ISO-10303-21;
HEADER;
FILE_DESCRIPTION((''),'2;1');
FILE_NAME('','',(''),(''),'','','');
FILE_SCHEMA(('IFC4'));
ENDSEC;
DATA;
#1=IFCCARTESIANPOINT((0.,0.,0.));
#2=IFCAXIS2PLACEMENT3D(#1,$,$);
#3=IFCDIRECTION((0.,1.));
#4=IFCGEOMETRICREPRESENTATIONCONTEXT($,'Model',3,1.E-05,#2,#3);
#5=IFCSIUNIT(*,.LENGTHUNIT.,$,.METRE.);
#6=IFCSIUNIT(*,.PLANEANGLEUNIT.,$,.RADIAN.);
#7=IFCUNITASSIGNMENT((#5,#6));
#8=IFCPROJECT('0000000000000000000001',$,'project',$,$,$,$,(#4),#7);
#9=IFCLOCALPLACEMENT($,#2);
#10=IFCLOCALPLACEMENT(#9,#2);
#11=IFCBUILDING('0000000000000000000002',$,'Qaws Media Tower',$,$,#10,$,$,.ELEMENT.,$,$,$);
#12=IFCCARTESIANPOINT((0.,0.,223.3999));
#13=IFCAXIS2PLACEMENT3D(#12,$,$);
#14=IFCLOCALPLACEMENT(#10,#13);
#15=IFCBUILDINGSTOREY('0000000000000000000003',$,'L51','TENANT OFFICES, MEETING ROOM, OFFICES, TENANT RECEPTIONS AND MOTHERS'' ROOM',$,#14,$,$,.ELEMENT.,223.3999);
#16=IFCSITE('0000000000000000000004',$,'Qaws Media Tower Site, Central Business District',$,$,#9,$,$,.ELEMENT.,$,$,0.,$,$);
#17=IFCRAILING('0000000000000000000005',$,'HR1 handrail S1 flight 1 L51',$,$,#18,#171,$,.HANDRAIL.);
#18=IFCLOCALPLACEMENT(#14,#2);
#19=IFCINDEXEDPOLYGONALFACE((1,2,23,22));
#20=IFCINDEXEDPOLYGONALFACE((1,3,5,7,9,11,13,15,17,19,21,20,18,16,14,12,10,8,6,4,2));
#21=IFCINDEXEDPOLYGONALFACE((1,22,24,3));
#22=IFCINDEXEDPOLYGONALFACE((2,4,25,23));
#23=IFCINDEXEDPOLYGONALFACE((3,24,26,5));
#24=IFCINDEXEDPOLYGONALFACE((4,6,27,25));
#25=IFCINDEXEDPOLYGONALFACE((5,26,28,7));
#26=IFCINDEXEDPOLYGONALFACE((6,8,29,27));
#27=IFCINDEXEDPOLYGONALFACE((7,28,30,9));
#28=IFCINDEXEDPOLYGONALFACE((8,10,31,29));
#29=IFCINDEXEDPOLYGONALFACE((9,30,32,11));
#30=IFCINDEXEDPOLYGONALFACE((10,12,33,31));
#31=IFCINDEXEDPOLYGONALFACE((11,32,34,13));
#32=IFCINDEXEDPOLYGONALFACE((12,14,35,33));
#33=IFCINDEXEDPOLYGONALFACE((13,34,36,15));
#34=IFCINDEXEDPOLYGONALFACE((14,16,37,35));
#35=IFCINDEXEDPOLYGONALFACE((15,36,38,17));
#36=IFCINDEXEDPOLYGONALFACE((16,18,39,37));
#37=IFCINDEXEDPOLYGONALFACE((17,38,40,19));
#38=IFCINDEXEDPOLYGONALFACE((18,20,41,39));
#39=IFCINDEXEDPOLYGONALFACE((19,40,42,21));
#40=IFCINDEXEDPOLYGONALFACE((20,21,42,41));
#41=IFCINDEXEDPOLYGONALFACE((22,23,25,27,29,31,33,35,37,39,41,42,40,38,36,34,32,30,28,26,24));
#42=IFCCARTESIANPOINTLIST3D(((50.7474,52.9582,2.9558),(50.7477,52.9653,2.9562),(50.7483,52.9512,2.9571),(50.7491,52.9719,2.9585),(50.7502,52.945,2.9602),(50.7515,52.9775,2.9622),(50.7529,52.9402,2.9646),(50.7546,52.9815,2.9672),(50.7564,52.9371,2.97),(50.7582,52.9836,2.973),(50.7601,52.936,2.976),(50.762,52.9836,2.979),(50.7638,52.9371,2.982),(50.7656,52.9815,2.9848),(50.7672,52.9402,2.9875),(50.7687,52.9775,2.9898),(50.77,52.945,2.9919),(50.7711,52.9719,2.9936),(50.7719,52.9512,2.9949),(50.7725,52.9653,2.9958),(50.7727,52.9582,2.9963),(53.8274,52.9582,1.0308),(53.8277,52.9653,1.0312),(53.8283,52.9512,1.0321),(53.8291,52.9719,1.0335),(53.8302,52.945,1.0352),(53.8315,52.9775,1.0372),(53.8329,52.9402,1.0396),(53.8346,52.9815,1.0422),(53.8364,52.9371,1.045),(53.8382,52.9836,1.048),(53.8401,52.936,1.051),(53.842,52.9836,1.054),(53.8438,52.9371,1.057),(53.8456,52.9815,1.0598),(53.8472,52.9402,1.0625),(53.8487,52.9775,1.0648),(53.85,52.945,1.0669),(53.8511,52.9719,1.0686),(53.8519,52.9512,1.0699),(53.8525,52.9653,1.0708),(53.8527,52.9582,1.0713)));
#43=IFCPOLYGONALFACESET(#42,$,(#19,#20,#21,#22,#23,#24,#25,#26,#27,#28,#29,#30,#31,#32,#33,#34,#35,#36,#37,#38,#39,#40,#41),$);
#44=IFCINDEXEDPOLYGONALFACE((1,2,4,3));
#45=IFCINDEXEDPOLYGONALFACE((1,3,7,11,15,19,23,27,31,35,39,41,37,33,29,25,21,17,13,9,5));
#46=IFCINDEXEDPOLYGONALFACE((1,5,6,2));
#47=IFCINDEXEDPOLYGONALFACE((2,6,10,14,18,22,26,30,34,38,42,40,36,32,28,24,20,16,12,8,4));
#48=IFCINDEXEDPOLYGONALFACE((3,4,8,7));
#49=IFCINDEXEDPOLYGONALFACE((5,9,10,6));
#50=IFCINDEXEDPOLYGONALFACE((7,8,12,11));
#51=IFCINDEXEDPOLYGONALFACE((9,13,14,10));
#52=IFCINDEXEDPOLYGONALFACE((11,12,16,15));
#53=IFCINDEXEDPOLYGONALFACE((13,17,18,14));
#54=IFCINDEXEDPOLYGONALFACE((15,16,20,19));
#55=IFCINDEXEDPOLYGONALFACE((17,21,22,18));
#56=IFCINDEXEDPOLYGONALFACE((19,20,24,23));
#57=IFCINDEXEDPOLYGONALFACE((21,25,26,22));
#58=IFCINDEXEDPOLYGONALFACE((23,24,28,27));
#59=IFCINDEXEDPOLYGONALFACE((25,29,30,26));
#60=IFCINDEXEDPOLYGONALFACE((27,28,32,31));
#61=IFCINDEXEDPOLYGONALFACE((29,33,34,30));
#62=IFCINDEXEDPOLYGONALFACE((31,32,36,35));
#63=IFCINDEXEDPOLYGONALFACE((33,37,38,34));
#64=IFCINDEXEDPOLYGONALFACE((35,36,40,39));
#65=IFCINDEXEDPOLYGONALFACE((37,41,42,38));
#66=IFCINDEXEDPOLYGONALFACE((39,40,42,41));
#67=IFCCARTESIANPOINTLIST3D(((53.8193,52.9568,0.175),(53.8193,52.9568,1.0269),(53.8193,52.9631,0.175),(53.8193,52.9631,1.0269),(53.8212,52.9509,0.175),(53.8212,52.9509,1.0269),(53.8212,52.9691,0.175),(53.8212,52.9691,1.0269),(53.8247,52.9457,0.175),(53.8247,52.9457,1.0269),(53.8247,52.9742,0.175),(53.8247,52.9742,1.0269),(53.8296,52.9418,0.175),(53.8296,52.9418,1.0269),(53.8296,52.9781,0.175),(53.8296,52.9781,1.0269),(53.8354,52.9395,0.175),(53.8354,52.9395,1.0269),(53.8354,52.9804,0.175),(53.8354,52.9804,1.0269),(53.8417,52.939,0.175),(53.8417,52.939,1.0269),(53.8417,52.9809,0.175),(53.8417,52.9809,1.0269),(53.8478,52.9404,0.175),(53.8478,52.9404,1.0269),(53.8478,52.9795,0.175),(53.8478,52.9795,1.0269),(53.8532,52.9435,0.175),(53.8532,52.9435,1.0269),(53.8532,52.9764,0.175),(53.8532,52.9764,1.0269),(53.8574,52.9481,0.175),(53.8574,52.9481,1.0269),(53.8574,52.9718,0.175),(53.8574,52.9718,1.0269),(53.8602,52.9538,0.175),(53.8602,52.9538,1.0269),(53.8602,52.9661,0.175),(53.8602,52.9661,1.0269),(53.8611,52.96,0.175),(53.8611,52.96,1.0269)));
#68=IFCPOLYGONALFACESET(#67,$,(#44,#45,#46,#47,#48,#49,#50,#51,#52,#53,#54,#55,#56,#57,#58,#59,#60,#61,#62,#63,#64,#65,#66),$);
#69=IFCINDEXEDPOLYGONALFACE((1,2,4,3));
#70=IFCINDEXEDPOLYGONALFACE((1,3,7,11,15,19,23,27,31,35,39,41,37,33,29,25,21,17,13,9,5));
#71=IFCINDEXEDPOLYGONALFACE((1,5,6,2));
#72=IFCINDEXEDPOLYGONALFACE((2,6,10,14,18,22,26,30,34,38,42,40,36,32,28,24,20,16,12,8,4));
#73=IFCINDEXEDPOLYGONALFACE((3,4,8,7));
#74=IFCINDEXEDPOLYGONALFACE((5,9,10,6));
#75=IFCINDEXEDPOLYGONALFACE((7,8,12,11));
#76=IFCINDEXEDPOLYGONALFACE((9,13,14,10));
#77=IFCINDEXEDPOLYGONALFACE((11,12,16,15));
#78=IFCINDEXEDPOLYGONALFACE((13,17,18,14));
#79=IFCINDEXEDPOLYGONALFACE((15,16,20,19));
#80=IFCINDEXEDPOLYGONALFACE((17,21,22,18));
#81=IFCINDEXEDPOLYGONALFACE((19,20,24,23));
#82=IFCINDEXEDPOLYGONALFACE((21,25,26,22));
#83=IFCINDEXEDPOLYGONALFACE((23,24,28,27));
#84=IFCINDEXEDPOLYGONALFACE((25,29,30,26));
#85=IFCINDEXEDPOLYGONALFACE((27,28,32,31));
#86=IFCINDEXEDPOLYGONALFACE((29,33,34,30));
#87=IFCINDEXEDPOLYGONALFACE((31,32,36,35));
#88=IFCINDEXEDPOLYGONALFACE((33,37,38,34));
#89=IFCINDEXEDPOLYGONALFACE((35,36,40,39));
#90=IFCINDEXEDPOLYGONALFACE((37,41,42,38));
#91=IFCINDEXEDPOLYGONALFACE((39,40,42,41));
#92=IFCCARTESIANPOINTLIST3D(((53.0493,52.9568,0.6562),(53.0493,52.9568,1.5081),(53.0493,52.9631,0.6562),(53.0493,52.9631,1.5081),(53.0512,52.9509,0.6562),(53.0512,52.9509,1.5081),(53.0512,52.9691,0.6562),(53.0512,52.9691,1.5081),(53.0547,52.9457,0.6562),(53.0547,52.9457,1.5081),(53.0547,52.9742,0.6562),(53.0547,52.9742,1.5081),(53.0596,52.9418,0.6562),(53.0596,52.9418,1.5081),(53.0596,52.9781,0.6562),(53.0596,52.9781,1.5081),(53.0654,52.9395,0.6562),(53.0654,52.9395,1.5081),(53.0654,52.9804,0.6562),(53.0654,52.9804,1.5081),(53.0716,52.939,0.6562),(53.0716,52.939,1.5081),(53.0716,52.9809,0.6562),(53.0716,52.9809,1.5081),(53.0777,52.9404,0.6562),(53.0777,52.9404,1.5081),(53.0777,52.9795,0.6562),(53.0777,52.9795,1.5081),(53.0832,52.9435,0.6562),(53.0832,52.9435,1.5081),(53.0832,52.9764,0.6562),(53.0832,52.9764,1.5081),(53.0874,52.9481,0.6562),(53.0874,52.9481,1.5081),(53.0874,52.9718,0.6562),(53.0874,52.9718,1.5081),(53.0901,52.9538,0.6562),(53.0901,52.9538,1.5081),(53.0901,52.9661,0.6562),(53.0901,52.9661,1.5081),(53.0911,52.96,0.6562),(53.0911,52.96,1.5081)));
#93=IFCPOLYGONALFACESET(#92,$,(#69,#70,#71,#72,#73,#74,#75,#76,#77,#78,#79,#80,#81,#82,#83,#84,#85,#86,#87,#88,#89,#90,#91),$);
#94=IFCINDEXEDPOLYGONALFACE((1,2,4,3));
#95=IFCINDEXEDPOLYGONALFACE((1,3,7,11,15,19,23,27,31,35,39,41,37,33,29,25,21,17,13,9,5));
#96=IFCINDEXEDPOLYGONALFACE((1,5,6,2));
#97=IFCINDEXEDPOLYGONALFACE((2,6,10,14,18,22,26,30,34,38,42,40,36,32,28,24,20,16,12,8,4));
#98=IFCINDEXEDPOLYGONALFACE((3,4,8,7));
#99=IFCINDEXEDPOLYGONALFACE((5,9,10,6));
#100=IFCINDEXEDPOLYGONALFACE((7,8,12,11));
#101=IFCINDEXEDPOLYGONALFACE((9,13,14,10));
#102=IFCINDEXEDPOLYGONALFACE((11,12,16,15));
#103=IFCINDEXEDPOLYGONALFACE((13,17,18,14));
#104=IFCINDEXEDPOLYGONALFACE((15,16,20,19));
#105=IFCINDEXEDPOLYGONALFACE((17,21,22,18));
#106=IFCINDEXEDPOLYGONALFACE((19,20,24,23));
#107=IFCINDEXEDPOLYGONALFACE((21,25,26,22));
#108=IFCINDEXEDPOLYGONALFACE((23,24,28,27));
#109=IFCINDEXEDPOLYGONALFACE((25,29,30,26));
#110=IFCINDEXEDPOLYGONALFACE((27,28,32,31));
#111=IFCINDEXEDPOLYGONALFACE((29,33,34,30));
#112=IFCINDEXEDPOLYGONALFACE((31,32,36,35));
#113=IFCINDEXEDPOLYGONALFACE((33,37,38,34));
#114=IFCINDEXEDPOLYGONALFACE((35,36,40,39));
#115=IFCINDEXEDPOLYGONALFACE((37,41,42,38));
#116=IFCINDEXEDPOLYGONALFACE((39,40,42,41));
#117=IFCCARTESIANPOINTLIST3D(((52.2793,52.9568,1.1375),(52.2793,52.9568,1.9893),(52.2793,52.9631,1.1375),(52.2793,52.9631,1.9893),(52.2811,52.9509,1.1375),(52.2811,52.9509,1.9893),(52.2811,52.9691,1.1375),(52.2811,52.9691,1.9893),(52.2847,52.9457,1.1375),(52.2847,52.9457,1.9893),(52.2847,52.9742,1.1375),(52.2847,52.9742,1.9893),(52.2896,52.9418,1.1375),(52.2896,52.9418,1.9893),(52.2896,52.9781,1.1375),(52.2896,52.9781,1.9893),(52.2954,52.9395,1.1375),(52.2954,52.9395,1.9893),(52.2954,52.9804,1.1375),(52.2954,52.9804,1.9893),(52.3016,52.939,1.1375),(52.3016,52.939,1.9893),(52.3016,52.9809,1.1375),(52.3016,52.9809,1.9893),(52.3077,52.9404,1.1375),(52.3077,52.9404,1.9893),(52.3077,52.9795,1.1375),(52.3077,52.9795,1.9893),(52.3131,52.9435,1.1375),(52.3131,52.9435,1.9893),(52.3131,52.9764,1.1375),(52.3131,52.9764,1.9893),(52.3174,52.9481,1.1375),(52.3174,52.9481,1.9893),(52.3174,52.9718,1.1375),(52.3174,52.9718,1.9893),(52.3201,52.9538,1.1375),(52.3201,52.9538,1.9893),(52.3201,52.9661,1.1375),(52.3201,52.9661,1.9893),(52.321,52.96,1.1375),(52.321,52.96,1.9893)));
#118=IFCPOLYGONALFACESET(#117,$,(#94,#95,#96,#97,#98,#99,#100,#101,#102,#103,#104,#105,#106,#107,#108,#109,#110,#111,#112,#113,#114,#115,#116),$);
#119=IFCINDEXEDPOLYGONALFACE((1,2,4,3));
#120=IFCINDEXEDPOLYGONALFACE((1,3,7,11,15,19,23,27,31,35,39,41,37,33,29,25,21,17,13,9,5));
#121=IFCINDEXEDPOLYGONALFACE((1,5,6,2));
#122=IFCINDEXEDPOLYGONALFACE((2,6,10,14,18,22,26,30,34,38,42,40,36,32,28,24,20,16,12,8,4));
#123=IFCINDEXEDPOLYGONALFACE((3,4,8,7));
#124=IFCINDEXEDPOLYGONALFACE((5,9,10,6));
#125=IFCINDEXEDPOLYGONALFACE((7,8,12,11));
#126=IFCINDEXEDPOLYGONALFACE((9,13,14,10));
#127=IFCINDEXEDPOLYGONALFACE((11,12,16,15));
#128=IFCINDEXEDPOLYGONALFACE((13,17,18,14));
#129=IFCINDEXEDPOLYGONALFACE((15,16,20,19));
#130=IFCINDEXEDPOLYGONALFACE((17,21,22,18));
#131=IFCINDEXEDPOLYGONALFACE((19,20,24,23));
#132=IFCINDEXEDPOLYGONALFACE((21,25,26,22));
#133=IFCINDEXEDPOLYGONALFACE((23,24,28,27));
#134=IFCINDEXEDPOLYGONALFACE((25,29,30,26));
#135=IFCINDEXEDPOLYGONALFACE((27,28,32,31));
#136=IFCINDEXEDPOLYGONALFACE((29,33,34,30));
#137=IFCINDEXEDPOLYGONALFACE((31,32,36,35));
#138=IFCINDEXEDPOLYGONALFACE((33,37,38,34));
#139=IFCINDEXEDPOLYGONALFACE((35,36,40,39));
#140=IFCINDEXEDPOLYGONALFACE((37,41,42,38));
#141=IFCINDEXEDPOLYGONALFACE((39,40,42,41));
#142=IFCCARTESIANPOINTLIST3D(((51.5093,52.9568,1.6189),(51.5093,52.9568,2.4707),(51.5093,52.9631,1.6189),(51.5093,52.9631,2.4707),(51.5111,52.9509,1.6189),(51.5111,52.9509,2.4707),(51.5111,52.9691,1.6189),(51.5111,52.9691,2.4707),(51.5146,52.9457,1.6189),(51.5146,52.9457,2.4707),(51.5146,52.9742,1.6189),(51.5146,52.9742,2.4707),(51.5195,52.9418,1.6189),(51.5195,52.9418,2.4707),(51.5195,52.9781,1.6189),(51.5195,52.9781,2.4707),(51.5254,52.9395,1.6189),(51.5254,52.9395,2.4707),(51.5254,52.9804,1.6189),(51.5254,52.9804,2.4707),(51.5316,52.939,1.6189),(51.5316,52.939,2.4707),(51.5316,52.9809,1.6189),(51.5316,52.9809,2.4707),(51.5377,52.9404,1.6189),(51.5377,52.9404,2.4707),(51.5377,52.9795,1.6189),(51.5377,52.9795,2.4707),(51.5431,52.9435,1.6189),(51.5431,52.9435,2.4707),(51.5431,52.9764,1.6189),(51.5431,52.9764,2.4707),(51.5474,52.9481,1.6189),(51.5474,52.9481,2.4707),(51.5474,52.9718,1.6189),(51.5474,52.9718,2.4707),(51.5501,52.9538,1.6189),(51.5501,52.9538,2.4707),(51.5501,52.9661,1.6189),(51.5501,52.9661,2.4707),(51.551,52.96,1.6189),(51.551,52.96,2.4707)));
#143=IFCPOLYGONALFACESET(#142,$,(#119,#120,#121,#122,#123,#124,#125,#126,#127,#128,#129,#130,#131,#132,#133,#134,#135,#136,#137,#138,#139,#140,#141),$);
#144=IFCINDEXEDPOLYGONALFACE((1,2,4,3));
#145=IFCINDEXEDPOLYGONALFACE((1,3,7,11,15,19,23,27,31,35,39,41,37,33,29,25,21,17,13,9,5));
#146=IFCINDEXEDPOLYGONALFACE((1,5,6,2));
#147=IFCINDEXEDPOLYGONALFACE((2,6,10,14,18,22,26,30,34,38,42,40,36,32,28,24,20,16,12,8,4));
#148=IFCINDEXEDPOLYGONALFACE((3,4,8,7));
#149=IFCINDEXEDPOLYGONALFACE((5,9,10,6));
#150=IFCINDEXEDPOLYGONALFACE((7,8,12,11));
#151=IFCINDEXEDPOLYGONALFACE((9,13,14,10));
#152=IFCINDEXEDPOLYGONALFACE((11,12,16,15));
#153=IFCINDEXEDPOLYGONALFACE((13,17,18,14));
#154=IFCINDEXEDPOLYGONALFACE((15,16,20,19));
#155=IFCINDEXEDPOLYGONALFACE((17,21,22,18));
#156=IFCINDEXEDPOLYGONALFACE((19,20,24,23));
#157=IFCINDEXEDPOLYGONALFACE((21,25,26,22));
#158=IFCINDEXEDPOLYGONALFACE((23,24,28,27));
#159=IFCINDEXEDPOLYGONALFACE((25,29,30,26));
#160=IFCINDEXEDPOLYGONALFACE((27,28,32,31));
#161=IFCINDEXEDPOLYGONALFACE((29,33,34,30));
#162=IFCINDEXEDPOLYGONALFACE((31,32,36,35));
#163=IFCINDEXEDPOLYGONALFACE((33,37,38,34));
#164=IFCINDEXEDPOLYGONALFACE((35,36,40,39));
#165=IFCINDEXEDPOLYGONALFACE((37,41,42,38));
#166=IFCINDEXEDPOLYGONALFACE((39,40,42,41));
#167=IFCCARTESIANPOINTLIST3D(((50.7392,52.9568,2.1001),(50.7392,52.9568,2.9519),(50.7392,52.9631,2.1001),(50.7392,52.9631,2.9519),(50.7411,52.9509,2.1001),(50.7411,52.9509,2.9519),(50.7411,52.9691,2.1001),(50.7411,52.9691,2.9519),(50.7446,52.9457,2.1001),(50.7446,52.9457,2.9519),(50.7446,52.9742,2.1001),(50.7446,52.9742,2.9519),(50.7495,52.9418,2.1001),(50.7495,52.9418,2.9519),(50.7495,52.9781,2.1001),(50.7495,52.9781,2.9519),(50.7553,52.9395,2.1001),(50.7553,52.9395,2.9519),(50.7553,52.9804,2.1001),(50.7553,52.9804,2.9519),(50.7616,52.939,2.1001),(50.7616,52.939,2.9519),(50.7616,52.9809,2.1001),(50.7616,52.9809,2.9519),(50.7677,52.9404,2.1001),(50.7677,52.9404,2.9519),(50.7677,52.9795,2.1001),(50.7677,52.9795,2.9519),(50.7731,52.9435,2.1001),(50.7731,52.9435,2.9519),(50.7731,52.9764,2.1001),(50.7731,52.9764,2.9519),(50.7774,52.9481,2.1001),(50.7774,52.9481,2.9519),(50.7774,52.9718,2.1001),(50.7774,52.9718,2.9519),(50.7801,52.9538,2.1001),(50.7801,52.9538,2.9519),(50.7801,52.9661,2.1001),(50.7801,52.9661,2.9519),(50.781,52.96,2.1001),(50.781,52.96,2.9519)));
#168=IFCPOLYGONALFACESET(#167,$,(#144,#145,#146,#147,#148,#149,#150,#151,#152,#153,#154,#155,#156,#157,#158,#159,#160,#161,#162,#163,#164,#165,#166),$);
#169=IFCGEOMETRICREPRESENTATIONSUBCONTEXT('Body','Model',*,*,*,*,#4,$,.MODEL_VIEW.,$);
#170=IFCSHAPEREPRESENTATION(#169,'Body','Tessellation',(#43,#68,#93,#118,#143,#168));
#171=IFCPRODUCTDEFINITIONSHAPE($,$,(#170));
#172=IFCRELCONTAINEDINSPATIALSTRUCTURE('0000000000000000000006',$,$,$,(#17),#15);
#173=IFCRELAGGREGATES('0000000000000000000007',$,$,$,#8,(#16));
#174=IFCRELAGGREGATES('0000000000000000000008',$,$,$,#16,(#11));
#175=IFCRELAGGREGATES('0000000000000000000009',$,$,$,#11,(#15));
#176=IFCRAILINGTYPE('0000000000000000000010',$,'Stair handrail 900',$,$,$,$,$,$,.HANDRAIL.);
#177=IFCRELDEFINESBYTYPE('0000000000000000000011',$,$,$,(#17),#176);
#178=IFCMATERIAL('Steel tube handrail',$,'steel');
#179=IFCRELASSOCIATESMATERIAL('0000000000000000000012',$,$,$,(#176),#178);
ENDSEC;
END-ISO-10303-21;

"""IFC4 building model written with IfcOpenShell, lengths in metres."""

from ifc_helpers import new_model, si_unit, direction, frame, origin, origin_2d, place, context, subcontext, project, spatial, circle, extrude, material, type_object, element, save


model = new_model("IFC4")

# Units and contexts
model_context = context("Model", 3, precision=1e-05, world=origin(), true_north=direction((0.0, 1.0)))
body_context = subcontext(model_context, "Body", "Model", "MODEL_VIEW")
ifc_project = project(units=[si_unit("LENGTHUNIT", "METRE"), si_unit("PLANEANGLEUNIT", "RADIAN")], contexts=[model_context])

# Site, building, storey
site_placement = place(None, origin())
site = spatial("IfcSite", under=ifc_project, at=site_placement, Name="Qaws Media Tower Site, Central Business District", CompositionType="ELEMENT", RefElevation=0.0)
building_placement = place(site_placement, origin())
building = spatial("IfcBuilding", under=site, at=building_placement, Name="Qaws Media Tower", CompositionType="ELEMENT")
storey_placement = place(building_placement, frame((0.0, 0.0, 223.3999)))
storey = spatial("IfcBuildingStorey", under=building, at=storey_placement, Name="L51", Description="TENANT OFFICES, MEETING ROOM, OFFICES, TENANT RECEPTIONS AND MOTHERS' ROOM", CompositionType="ELEMENT", Elevation=223.3999)

# Railing
ifc_material_1 = material(Name="Steel tube handrail", Category="steel")
railing_type = type_object("IfcRailingType", Name="Stair handrail 900", PredefinedType="HANDRAIL", material=ifc_material_1)
for number, where, name in (
    (1, (53.8401, 52.96, 0.175), "HR1 handrail S1 flight 1 L51"),
):
    element("IfcRailing", number, at=place(storey_placement, frame(where)), inside=storey, type_object=railing_type, Name=name, PredefinedType="HANDRAIL", context=body_context, shape_type="SweptSolid", body=[
        extrude(circle(Radius=0.0239, at=origin_2d()), frame((0.0, 0.0, 0.876), z_axis=(-0.847998, 0.0, 0.529999), x_axis=(0.0, -1.0, 0.0)), (0.0, 0.0, 1.0), 3.6321),
        extrude(circle(Radius=0.021, at=origin_2d()), origin(), (0.0, 0.0, 1.0), 0.8518),
        extrude(circle(Radius=0.021, at=origin_2d()), frame((-0.77, 0.0, 0.4812)), (0.0, 0.0, 1.0), 0.8518),
        extrude(circle(Radius=0.021, at=origin_2d()), frame((-1.54, 0.0, 0.9624)), (0.0, 0.0, 1.0), 0.8518),
        extrude(circle(Radius=0.021, at=origin_2d()), frame((-2.3101, 0.0, 1.4438)), (0.0, 0.0, 1.0), 0.8518),
        extrude(circle(Radius=0.021, at=origin_2d()), frame((-3.0801, 0.0, 1.925)), (0.0, 0.0, 1.0), 0.8518),
    ])

save(model, "model.ifc")
